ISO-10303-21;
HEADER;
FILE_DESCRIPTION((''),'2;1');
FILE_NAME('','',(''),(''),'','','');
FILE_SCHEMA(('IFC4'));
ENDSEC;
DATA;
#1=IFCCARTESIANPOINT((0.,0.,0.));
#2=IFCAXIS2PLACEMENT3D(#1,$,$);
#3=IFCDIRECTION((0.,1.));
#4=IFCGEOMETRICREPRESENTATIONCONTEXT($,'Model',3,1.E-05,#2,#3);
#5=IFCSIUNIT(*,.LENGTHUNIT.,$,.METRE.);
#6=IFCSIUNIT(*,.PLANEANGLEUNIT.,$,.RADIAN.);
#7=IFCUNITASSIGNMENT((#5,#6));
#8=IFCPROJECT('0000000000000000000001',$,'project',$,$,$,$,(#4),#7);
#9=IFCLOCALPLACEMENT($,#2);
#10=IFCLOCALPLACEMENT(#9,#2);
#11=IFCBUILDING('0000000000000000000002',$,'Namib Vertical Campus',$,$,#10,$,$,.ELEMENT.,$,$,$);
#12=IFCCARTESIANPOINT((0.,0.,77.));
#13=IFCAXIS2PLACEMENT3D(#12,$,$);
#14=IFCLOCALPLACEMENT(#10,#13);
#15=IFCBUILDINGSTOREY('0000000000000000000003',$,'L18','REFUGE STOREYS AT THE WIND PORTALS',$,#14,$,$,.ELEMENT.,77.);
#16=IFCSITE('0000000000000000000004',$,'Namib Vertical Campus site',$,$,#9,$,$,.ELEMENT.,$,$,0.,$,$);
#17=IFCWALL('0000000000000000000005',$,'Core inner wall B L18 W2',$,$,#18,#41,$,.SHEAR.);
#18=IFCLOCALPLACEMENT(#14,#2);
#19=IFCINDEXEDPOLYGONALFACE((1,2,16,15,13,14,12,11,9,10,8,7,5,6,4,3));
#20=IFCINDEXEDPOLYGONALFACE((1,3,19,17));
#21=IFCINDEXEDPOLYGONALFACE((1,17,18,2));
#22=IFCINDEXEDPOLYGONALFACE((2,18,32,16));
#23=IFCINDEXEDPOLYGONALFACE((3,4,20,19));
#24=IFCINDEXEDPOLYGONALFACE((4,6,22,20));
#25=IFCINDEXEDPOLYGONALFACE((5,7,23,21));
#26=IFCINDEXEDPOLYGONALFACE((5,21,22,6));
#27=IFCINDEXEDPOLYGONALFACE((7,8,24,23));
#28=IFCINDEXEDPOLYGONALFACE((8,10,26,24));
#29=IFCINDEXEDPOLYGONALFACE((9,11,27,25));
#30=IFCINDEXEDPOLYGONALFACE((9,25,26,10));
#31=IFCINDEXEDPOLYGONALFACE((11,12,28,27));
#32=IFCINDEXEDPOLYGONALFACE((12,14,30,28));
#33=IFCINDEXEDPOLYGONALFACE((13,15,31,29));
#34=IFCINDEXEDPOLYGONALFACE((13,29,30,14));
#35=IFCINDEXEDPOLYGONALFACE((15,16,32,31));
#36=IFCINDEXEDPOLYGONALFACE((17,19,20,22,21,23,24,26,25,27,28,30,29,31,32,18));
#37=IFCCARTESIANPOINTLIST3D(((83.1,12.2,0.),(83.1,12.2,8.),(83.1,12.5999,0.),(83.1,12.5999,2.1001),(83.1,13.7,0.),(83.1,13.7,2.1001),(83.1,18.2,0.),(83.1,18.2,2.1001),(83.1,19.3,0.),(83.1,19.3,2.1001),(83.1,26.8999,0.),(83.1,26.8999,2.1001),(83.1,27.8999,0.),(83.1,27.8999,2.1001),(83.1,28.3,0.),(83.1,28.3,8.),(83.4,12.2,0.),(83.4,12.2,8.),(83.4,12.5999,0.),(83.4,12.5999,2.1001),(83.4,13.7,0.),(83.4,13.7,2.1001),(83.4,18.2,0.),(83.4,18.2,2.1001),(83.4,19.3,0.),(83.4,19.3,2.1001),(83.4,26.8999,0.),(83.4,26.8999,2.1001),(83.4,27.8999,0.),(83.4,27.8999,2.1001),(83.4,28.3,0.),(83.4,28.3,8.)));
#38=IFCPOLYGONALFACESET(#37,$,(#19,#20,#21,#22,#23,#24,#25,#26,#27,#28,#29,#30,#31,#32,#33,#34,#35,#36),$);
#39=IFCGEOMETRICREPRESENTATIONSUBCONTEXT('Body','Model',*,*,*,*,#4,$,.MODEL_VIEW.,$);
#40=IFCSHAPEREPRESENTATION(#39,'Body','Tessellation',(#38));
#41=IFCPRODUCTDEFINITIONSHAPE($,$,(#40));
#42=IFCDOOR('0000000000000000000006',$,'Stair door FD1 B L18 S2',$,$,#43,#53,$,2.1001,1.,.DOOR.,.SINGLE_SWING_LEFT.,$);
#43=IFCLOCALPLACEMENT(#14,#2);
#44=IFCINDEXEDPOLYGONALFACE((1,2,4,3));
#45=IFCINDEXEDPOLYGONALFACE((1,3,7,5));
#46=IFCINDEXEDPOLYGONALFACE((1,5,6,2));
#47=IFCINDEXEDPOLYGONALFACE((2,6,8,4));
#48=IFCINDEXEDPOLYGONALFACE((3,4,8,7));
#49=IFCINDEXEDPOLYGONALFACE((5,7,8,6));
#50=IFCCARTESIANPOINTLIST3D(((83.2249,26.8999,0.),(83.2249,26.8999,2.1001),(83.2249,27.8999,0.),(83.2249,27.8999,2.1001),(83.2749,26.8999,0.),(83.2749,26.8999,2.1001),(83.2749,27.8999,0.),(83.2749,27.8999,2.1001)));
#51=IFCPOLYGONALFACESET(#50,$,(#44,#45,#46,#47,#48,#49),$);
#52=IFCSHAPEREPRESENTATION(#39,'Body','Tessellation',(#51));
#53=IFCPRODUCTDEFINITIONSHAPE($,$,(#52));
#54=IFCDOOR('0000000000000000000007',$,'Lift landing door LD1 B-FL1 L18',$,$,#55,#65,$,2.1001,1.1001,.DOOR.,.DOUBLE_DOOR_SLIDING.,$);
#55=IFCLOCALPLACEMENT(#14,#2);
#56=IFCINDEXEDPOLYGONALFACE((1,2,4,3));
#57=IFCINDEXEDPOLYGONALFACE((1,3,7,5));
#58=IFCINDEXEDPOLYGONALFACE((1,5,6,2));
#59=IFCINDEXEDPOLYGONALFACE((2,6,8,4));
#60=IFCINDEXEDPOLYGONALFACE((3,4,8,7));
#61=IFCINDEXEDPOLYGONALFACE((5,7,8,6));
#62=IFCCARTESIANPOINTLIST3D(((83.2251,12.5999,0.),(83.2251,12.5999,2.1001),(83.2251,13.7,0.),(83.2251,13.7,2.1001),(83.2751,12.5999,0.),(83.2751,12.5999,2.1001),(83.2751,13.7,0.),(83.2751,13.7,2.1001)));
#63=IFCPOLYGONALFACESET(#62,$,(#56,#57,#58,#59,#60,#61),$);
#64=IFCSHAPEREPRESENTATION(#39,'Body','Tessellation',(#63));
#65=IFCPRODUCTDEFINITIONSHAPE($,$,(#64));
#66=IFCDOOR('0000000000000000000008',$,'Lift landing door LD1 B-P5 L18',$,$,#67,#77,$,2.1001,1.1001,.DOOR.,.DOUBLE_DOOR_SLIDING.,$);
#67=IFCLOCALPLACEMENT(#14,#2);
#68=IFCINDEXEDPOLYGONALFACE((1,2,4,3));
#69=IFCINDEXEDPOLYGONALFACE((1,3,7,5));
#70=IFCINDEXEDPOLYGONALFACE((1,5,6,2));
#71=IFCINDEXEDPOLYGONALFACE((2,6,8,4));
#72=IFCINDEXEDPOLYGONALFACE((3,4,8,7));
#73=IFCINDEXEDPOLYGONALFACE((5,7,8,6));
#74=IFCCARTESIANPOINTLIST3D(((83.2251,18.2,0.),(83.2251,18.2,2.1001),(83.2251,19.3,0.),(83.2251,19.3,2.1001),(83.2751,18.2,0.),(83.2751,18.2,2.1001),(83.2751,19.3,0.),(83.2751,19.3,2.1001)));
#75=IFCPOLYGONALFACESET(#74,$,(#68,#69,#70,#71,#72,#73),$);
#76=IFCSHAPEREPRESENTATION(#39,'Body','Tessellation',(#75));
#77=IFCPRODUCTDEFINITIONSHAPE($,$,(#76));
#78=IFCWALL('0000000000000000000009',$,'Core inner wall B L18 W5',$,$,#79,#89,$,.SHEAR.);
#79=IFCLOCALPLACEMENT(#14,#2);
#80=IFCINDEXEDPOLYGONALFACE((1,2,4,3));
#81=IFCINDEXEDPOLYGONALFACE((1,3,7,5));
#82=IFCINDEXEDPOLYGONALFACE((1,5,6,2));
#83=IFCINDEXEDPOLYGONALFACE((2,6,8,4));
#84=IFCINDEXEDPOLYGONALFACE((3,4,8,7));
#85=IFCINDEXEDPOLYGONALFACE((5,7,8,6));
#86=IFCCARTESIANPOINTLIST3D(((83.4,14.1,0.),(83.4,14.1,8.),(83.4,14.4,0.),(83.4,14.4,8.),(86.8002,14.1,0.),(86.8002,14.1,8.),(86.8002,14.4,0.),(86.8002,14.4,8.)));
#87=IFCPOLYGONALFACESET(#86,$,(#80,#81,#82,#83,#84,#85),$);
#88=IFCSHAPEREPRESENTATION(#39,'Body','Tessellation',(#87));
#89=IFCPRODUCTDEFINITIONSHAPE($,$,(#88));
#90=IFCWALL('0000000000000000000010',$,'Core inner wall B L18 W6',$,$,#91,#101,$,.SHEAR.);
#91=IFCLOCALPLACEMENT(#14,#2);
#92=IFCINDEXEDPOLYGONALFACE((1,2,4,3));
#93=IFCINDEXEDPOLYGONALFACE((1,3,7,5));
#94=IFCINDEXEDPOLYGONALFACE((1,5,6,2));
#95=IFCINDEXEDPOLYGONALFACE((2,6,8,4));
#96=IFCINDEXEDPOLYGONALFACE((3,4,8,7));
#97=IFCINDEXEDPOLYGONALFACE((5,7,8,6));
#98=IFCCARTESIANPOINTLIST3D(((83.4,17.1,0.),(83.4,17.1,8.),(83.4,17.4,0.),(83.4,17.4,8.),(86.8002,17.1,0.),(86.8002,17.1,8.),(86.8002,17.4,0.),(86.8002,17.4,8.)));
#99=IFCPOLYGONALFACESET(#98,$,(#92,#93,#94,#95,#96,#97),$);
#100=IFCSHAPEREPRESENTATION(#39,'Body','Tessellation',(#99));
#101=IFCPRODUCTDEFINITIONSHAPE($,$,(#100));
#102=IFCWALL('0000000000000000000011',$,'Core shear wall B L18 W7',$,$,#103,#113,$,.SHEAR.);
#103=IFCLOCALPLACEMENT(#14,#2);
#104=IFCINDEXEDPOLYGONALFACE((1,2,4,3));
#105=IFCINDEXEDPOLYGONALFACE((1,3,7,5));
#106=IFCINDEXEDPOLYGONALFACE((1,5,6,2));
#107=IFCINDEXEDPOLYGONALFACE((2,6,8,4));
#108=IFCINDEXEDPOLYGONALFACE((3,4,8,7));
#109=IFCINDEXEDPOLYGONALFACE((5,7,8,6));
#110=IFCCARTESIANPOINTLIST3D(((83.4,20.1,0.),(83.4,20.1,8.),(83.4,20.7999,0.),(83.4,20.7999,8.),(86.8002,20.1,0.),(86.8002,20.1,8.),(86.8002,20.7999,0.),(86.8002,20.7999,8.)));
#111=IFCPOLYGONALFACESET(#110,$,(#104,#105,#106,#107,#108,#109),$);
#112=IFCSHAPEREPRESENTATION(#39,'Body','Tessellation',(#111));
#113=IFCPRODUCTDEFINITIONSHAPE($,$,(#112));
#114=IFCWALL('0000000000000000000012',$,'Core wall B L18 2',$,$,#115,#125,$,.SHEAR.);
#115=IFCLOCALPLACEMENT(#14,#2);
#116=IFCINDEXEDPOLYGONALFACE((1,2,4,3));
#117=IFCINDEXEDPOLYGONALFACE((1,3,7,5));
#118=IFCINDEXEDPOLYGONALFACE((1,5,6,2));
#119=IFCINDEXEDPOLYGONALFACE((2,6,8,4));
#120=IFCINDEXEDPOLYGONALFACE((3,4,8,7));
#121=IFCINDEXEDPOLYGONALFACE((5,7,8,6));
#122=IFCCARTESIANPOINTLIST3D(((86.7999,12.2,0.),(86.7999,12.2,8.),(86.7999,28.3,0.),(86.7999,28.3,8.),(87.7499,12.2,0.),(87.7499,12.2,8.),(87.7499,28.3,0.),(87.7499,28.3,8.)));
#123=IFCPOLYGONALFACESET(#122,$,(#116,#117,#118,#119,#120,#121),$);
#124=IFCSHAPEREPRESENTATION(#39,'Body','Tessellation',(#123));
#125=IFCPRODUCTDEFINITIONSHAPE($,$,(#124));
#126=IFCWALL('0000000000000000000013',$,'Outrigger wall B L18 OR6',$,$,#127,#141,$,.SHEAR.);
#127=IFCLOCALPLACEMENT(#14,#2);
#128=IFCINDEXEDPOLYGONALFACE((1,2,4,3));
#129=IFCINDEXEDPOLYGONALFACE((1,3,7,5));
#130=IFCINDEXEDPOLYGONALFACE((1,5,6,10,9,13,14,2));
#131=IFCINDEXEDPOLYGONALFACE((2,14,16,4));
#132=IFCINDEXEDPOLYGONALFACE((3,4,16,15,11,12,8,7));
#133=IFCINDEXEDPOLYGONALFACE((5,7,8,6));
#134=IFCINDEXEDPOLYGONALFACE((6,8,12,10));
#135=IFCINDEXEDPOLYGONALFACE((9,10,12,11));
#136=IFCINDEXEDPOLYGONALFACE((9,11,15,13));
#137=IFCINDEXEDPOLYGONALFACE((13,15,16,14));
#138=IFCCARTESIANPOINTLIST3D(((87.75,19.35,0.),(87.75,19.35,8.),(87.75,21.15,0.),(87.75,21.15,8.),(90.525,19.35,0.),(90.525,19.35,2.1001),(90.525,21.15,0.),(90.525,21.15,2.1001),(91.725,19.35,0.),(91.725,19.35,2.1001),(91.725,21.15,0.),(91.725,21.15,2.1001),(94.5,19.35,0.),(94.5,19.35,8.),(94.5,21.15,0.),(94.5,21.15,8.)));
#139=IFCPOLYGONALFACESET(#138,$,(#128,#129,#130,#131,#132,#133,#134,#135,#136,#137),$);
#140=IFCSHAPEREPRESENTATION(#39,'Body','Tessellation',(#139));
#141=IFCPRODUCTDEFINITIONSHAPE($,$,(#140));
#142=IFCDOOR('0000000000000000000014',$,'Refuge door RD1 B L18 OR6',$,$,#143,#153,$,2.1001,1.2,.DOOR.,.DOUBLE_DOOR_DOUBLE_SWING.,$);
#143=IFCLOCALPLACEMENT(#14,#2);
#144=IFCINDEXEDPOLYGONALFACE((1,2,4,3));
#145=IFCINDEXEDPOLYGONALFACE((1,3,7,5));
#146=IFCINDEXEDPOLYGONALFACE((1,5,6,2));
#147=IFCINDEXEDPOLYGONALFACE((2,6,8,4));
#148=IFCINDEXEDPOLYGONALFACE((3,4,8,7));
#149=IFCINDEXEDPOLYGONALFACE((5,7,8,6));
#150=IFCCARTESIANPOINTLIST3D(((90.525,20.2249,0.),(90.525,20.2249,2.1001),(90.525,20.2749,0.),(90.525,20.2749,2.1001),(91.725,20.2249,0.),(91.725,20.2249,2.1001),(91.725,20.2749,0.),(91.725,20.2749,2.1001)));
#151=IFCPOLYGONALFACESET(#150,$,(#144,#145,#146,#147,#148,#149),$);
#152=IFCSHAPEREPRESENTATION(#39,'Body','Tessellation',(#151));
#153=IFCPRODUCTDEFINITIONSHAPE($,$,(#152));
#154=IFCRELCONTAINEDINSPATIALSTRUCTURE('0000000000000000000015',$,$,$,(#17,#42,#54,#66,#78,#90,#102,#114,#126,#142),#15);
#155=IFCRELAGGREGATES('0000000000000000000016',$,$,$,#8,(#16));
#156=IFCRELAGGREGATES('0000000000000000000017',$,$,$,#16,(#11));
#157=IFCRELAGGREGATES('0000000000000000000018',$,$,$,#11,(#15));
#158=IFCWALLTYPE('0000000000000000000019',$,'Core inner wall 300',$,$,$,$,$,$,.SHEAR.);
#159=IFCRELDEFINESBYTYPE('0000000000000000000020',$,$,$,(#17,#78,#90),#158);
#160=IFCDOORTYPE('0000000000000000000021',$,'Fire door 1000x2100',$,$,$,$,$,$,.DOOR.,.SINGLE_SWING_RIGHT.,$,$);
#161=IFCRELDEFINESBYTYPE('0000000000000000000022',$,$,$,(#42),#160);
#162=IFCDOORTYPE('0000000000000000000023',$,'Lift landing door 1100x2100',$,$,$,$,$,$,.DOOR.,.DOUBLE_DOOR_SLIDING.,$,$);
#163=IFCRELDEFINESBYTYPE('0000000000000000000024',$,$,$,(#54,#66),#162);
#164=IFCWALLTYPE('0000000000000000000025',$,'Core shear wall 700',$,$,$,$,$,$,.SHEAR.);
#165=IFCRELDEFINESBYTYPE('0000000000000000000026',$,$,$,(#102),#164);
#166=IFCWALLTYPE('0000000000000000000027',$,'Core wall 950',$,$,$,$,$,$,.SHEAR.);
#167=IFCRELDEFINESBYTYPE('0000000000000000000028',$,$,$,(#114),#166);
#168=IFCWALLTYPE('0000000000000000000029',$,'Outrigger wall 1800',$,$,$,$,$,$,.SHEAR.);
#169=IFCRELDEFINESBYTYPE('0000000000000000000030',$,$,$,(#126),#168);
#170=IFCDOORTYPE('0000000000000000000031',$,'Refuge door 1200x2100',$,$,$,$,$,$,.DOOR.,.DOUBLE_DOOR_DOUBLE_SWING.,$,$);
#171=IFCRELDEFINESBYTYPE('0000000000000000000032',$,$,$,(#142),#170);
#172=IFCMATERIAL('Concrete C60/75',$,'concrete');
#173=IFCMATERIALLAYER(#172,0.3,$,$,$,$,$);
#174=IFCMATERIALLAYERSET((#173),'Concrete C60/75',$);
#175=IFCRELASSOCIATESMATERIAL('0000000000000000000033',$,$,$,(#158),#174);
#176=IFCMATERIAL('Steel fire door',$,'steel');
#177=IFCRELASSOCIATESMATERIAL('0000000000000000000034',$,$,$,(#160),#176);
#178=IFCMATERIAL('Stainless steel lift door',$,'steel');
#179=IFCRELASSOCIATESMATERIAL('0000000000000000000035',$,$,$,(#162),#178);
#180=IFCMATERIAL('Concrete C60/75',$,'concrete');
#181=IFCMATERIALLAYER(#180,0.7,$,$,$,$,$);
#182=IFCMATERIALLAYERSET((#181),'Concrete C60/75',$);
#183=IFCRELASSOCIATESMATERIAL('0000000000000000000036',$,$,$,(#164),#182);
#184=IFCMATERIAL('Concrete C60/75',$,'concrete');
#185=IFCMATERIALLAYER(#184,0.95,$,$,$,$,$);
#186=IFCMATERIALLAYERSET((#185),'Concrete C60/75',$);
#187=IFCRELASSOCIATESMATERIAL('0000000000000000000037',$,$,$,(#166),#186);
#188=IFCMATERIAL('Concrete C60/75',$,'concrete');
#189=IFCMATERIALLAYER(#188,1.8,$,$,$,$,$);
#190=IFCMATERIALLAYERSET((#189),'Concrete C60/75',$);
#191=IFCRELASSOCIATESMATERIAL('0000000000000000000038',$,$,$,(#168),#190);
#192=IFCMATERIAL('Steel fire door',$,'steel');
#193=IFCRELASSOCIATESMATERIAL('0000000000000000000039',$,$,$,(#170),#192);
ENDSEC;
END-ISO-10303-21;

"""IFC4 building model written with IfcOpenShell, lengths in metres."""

from ifc_helpers import new_model, si_unit, direction, frame, frame_2d, origin, place, context, subcontext, project, spatial, rectangle, extrude, material, layer, layer_set, type_object, element, fill, save


model = new_model("IFC4")

# Units and contexts
model_context = context("Model", 3, precision=1e-05, world=origin(), true_north=direction((0.0, 1.0)))
body_context = subcontext(model_context, "Body", "Model", "MODEL_VIEW")
ifc_project = project(units=[si_unit("LENGTHUNIT", "METRE"), si_unit("PLANEANGLEUNIT", "RADIAN")], contexts=[model_context])

# Site, building, storey
site_placement = place(None, origin())
site = spatial("IfcSite", under=ifc_project, at=site_placement, Name="Namib Vertical Campus site", CompositionType="ELEMENT", RefElevation=0.0)
building_placement = place(site_placement, origin())
building = spatial("IfcBuilding", under=site, at=building_placement, Name="Namib Vertical Campus", CompositionType="ELEMENT")
storey_placement = place(building_placement, frame((0.0, 0.0, 77.0)))
storey = spatial("IfcBuildingStorey", under=building, at=storey_placement, Name="L18", Description="REFUGE STOREYS AT THE WIND PORTALS", CompositionType="ELEMENT", Elevation=77.0)

# Wall, openings, doors
ifc_material_1 = material(Name="Concrete C60/75", Category="concrete")
ifc_layer_1 = layer(ifc_material_1, 0.3)
ifc_layer_set_1 = layer_set([ifc_layer_1], Name="Concrete C60/75")
wall_type_1 = type_object("IfcWallType", Name="Core inner wall 300", PredefinedType="SHEAR", material=ifc_layer_set_1)
wall_1_placement = place(storey_placement, frame((83.25, 12.2, 0.0), z_axis=(0.0, 0.0, 1.0), x_axis=(0.0, 1.0, 0.0)))
wall_1 = element("IfcWall", 1, at=wall_1_placement, inside=storey, type_object=wall_type_1, Name="Core inner wall B L18 W2", PredefinedType="SHEAR", context=body_context, shape_type="SweptSolid", body=[
    extrude(rectangle(XDim=16.1001, YDim=0.3, at=frame_2d((8.05, 0.0))), origin(), (0.0, 0.0, 1.0), 8.0),
])
opening_1_placement = place(wall_1_placement, frame((14.7, 0.0, 0.0)))
opening_1 = element("IfcOpeningElement", 2, at=opening_1_placement, cuts=wall_1, PredefinedType="OPENING", context=body_context, shape_type="SweptSolid", body=[
    extrude(rectangle(XDim=1.0, YDim=2.1001, at=frame_2d((0.5, 1.05))), frame((0.0, 0.1599, 0.0), z_axis=(0.0, -1.0, 0.0), x_axis=(1.0, 0.0, 0.0)), (0.0, 0.0, 1.0), 0.3201),
])
opening_2_placement = place(wall_1_placement, frame((0.3999, 0.0, 0.0)))
opening_2 = element("IfcOpeningElement", 3, at=opening_2_placement, cuts=wall_1, PredefinedType="OPENING", context=body_context, shape_type="SweptSolid", body=[
    extrude(rectangle(XDim=1.1001, YDim=2.1001, at=frame_2d((0.55, 1.05))), frame((0.0, 0.1599, 0.0), z_axis=(0.0, -1.0, 0.0), x_axis=(1.0, 0.0, 0.0)), (0.0, 0.0, 1.0), 0.3201),
])
opening_3_placement = place(wall_1_placement, frame((6.0, 0.0, 0.0)))
opening_3 = element("IfcOpeningElement", 4, at=opening_3_placement, cuts=wall_1, PredefinedType="OPENING", context=body_context, shape_type="SweptSolid", body=[
    extrude(rectangle(XDim=1.1001, YDim=2.1001, at=frame_2d((0.55, 1.05))), frame((0.0, 0.1599, 0.0), z_axis=(0.0, -1.0, 0.0), x_axis=(1.0, 0.0, 0.0)), (0.0, 0.0, 1.0), 0.3201),
])
ifc_material_2 = material(Name="Steel fire door", Category="steel")
door_type_1 = type_object("IfcDoorType", Name="Fire door 1000x2100", OperationType="SINGLE_SWING_RIGHT", PredefinedType="DOOR", material=ifc_material_2)
door_1_placement = place(opening_1_placement, frame((1.0, 0.0, 0.0), z_axis=(0.0, 0.0, 1.0), x_axis=(-1.0, 0.0, 0.0)))
door_1 = element("IfcDoor", 5, at=door_1_placement, inside=storey, type_object=door_type_1, Name="Stair door FD1 B L18 S2", OperationType="SINGLE_SWING_LEFT", OverallHeight=2.1001, OverallWidth=1.0, PredefinedType="DOOR", context=body_context, shape_type="SweptSolid", body=[
    extrude(rectangle(XDim=1.0, YDim=2.1001, at=frame_2d((0.5, 1.05))), frame((0.0, 0.0249, 0.0), z_axis=(0.0, -1.0, 0.0), x_axis=(1.0, 0.0, 0.0)), (0.0, 0.0, 1.0), 0.05),
])
fill(opening_1, door_1)
ifc_material_3 = material(Name="Stainless steel lift door", Category="steel")
door_type_2 = type_object("IfcDoorType", Name="Lift landing door 1100x2100", OperationType="DOUBLE_DOOR_SLIDING", PredefinedType="DOOR", material=ifc_material_3)
door_2_placement = place(opening_2_placement, origin())
door_2 = element("IfcDoor", 6, at=door_2_placement, inside=storey, type_object=door_type_2, Name="Lift landing door LD1 B-FL1 L18", OperationType="DOUBLE_DOOR_SLIDING", OverallHeight=2.1001, OverallWidth=1.1001, PredefinedType="DOOR", context=body_context, shape_type="SweptSolid", body=[
    extrude(rectangle(XDim=1.1001, YDim=2.1001, at=frame_2d((0.55, 1.05))), frame((0.0, 0.0249, 0.0), z_axis=(0.0, -1.0, 0.0), x_axis=(1.0, 0.0, 0.0)), (0.0, 0.0, 1.0), 0.05),
])
fill(opening_2, door_2)
door_3_placement = place(opening_3_placement, origin())
door_3 = element("IfcDoor", 7, at=door_3_placement, inside=storey, type_object=door_type_2, Name="Lift landing door LD1 B-P5 L18", OperationType="DOUBLE_DOOR_SLIDING", OverallHeight=2.1001, OverallWidth=1.1001, PredefinedType="DOOR", context=body_context, shape_type="SweptSolid", body=[
    extrude(rectangle(XDim=1.1001, YDim=2.1001, at=frame_2d((0.55, 1.05))), frame((0.0, 0.0249, 0.0), z_axis=(0.0, -1.0, 0.0), x_axis=(1.0, 0.0, 0.0)), (0.0, 0.0, 1.0), 0.05),
])
fill(opening_3, door_3)

# Walls
for number, where, z_axis, x_axis, name in (
    (8, (83.3999, 14.25, 0.0), (0.0, 0.0, 1.0), (1.0, 0.0, 0.0), "Core inner wall B L18 W5"),
    (9, (83.3999, 17.25, 0.0), (0.0, 0.0, 1.0), (1.0, 0.0, 0.0), "Core inner wall B L18 W6"),
):
    element("IfcWall", number, at=place(storey_placement, frame(where, z_axis=z_axis, x_axis=x_axis)), inside=storey, type_object=wall_type_1, Name=name, PredefinedType="SHEAR", context=body_context, shape_type="SweptSolid", body=[
        extrude(rectangle(XDim=3.4001, YDim=0.3, at=frame_2d((1.7002, 0.0))), origin(), (0.0, 0.0, 1.0), 8.0),
    ])
ifc_material_4 = material(Name="Concrete C60/75", Category="concrete")
ifc_layer_2 = layer(ifc_material_4, 0.7)
ifc_layer_set_2 = layer_set([ifc_layer_2], Name="Concrete C60/75")
wall_type_2 = type_object("IfcWallType", Name="Core shear wall 700", PredefinedType="SHEAR", material=ifc_layer_set_2)
wall_2_placement = place(storey_placement, frame((83.3999, 20.45, 0.0), z_axis=(0.0, 0.0, 1.0), x_axis=(1.0, 0.0, 0.0)))
element("IfcWall", 10, at=wall_2_placement, inside=storey, type_object=wall_type_2, Name="Core shear wall B L18 W7", PredefinedType="SHEAR", context=body_context, shape_type="SweptSolid", body=[
    extrude(rectangle(XDim=3.4001, YDim=0.7, at=frame_2d((1.7002, 0.0))), origin(), (0.0, 0.0, 1.0), 8.0),
])
ifc_material_5 = material(Name="Concrete C60/75", Category="concrete")
ifc_layer_3 = layer(ifc_material_5, 0.95)
ifc_layer_set_3 = layer_set([ifc_layer_3], Name="Concrete C60/75")
wall_type_3 = type_object("IfcWallType", Name="Core wall 950", PredefinedType="SHEAR", material=ifc_layer_set_3)
wall_3_placement = place(storey_placement, frame((87.2749, 12.2, 0.0), z_axis=(0.0, 0.0, 1.0), x_axis=(0.0, 1.0, 0.0)))
element("IfcWall", 11, at=wall_3_placement, inside=storey, type_object=wall_type_3, Name="Core wall B L18 2", PredefinedType="SHEAR", context=body_context, shape_type="SweptSolid", body=[
    extrude(rectangle(XDim=16.1001, YDim=0.95, at=frame_2d((8.05, 0.0))), origin(), (0.0, 0.0, 1.0), 8.0),
])

# Wall, opening, door
ifc_material_6 = material(Name="Concrete C60/75", Category="concrete")
ifc_layer_4 = layer(ifc_material_6, 1.8)
ifc_layer_set_4 = layer_set([ifc_layer_4], Name="Concrete C60/75")
wall_type_4 = type_object("IfcWallType", Name="Outrigger wall 1800", PredefinedType="SHEAR", material=ifc_layer_set_4)
wall_4_placement = place(storey_placement, frame((87.75, 20.25, 0.0), z_axis=(0.0, 0.0, 1.0), x_axis=(1.0, 0.0, 0.0)))
wall_4 = element("IfcWall", 12, at=wall_4_placement, inside=storey, type_object=wall_type_4, Name="Outrigger wall B L18 OR6", PredefinedType="SHEAR", context=body_context, shape_type="SweptSolid", body=[
    extrude(rectangle(XDim=6.75, YDim=1.8, at=frame_2d((3.375, 0.0))), origin(), (0.0, 0.0, 1.0), 8.0),
])
opening_4_placement = place(wall_4_placement, frame((2.7749, 0.0, 0.0)))
opening_4 = element("IfcOpeningElement", 13, at=opening_4_placement, cuts=wall_4, PredefinedType="OPENING", context=body_context, shape_type="SweptSolid", body=[
    extrude(rectangle(XDim=1.2, YDim=2.1001, at=frame_2d((0.6001, 1.05))), frame((0.0, 0.9099, 0.0), z_axis=(0.0, -1.0, 0.0), x_axis=(1.0, 0.0, 0.0)), (0.0, 0.0, 1.0), 1.8201),
])
ifc_material_7 = material(Name="Steel fire door", Category="steel")
door_type_3 = type_object("IfcDoorType", Name="Refuge door 1200x2100", OperationType="DOUBLE_DOOR_DOUBLE_SWING", PredefinedType="DOOR", material=ifc_material_7)
door_4_placement = place(opening_4_placement, origin())
door_4 = element("IfcDoor", 14, at=door_4_placement, inside=storey, type_object=door_type_3, Name="Refuge door RD1 B L18 OR6", OperationType="DOUBLE_DOOR_DOUBLE_SWING", OverallHeight=2.1001, OverallWidth=1.2, PredefinedType="DOOR", context=body_context, shape_type="SweptSolid", body=[
    extrude(rectangle(XDim=1.2, YDim=2.1001, at=frame_2d((0.6001, 1.05))), frame((0.0, 0.0249, 0.0), z_axis=(0.0, -1.0, 0.0), x_axis=(1.0, 0.0, 0.0)), (0.0, 0.0, 1.0), 0.05),
])
fill(opening_4, door_4)

save(model, "model.ifc")
